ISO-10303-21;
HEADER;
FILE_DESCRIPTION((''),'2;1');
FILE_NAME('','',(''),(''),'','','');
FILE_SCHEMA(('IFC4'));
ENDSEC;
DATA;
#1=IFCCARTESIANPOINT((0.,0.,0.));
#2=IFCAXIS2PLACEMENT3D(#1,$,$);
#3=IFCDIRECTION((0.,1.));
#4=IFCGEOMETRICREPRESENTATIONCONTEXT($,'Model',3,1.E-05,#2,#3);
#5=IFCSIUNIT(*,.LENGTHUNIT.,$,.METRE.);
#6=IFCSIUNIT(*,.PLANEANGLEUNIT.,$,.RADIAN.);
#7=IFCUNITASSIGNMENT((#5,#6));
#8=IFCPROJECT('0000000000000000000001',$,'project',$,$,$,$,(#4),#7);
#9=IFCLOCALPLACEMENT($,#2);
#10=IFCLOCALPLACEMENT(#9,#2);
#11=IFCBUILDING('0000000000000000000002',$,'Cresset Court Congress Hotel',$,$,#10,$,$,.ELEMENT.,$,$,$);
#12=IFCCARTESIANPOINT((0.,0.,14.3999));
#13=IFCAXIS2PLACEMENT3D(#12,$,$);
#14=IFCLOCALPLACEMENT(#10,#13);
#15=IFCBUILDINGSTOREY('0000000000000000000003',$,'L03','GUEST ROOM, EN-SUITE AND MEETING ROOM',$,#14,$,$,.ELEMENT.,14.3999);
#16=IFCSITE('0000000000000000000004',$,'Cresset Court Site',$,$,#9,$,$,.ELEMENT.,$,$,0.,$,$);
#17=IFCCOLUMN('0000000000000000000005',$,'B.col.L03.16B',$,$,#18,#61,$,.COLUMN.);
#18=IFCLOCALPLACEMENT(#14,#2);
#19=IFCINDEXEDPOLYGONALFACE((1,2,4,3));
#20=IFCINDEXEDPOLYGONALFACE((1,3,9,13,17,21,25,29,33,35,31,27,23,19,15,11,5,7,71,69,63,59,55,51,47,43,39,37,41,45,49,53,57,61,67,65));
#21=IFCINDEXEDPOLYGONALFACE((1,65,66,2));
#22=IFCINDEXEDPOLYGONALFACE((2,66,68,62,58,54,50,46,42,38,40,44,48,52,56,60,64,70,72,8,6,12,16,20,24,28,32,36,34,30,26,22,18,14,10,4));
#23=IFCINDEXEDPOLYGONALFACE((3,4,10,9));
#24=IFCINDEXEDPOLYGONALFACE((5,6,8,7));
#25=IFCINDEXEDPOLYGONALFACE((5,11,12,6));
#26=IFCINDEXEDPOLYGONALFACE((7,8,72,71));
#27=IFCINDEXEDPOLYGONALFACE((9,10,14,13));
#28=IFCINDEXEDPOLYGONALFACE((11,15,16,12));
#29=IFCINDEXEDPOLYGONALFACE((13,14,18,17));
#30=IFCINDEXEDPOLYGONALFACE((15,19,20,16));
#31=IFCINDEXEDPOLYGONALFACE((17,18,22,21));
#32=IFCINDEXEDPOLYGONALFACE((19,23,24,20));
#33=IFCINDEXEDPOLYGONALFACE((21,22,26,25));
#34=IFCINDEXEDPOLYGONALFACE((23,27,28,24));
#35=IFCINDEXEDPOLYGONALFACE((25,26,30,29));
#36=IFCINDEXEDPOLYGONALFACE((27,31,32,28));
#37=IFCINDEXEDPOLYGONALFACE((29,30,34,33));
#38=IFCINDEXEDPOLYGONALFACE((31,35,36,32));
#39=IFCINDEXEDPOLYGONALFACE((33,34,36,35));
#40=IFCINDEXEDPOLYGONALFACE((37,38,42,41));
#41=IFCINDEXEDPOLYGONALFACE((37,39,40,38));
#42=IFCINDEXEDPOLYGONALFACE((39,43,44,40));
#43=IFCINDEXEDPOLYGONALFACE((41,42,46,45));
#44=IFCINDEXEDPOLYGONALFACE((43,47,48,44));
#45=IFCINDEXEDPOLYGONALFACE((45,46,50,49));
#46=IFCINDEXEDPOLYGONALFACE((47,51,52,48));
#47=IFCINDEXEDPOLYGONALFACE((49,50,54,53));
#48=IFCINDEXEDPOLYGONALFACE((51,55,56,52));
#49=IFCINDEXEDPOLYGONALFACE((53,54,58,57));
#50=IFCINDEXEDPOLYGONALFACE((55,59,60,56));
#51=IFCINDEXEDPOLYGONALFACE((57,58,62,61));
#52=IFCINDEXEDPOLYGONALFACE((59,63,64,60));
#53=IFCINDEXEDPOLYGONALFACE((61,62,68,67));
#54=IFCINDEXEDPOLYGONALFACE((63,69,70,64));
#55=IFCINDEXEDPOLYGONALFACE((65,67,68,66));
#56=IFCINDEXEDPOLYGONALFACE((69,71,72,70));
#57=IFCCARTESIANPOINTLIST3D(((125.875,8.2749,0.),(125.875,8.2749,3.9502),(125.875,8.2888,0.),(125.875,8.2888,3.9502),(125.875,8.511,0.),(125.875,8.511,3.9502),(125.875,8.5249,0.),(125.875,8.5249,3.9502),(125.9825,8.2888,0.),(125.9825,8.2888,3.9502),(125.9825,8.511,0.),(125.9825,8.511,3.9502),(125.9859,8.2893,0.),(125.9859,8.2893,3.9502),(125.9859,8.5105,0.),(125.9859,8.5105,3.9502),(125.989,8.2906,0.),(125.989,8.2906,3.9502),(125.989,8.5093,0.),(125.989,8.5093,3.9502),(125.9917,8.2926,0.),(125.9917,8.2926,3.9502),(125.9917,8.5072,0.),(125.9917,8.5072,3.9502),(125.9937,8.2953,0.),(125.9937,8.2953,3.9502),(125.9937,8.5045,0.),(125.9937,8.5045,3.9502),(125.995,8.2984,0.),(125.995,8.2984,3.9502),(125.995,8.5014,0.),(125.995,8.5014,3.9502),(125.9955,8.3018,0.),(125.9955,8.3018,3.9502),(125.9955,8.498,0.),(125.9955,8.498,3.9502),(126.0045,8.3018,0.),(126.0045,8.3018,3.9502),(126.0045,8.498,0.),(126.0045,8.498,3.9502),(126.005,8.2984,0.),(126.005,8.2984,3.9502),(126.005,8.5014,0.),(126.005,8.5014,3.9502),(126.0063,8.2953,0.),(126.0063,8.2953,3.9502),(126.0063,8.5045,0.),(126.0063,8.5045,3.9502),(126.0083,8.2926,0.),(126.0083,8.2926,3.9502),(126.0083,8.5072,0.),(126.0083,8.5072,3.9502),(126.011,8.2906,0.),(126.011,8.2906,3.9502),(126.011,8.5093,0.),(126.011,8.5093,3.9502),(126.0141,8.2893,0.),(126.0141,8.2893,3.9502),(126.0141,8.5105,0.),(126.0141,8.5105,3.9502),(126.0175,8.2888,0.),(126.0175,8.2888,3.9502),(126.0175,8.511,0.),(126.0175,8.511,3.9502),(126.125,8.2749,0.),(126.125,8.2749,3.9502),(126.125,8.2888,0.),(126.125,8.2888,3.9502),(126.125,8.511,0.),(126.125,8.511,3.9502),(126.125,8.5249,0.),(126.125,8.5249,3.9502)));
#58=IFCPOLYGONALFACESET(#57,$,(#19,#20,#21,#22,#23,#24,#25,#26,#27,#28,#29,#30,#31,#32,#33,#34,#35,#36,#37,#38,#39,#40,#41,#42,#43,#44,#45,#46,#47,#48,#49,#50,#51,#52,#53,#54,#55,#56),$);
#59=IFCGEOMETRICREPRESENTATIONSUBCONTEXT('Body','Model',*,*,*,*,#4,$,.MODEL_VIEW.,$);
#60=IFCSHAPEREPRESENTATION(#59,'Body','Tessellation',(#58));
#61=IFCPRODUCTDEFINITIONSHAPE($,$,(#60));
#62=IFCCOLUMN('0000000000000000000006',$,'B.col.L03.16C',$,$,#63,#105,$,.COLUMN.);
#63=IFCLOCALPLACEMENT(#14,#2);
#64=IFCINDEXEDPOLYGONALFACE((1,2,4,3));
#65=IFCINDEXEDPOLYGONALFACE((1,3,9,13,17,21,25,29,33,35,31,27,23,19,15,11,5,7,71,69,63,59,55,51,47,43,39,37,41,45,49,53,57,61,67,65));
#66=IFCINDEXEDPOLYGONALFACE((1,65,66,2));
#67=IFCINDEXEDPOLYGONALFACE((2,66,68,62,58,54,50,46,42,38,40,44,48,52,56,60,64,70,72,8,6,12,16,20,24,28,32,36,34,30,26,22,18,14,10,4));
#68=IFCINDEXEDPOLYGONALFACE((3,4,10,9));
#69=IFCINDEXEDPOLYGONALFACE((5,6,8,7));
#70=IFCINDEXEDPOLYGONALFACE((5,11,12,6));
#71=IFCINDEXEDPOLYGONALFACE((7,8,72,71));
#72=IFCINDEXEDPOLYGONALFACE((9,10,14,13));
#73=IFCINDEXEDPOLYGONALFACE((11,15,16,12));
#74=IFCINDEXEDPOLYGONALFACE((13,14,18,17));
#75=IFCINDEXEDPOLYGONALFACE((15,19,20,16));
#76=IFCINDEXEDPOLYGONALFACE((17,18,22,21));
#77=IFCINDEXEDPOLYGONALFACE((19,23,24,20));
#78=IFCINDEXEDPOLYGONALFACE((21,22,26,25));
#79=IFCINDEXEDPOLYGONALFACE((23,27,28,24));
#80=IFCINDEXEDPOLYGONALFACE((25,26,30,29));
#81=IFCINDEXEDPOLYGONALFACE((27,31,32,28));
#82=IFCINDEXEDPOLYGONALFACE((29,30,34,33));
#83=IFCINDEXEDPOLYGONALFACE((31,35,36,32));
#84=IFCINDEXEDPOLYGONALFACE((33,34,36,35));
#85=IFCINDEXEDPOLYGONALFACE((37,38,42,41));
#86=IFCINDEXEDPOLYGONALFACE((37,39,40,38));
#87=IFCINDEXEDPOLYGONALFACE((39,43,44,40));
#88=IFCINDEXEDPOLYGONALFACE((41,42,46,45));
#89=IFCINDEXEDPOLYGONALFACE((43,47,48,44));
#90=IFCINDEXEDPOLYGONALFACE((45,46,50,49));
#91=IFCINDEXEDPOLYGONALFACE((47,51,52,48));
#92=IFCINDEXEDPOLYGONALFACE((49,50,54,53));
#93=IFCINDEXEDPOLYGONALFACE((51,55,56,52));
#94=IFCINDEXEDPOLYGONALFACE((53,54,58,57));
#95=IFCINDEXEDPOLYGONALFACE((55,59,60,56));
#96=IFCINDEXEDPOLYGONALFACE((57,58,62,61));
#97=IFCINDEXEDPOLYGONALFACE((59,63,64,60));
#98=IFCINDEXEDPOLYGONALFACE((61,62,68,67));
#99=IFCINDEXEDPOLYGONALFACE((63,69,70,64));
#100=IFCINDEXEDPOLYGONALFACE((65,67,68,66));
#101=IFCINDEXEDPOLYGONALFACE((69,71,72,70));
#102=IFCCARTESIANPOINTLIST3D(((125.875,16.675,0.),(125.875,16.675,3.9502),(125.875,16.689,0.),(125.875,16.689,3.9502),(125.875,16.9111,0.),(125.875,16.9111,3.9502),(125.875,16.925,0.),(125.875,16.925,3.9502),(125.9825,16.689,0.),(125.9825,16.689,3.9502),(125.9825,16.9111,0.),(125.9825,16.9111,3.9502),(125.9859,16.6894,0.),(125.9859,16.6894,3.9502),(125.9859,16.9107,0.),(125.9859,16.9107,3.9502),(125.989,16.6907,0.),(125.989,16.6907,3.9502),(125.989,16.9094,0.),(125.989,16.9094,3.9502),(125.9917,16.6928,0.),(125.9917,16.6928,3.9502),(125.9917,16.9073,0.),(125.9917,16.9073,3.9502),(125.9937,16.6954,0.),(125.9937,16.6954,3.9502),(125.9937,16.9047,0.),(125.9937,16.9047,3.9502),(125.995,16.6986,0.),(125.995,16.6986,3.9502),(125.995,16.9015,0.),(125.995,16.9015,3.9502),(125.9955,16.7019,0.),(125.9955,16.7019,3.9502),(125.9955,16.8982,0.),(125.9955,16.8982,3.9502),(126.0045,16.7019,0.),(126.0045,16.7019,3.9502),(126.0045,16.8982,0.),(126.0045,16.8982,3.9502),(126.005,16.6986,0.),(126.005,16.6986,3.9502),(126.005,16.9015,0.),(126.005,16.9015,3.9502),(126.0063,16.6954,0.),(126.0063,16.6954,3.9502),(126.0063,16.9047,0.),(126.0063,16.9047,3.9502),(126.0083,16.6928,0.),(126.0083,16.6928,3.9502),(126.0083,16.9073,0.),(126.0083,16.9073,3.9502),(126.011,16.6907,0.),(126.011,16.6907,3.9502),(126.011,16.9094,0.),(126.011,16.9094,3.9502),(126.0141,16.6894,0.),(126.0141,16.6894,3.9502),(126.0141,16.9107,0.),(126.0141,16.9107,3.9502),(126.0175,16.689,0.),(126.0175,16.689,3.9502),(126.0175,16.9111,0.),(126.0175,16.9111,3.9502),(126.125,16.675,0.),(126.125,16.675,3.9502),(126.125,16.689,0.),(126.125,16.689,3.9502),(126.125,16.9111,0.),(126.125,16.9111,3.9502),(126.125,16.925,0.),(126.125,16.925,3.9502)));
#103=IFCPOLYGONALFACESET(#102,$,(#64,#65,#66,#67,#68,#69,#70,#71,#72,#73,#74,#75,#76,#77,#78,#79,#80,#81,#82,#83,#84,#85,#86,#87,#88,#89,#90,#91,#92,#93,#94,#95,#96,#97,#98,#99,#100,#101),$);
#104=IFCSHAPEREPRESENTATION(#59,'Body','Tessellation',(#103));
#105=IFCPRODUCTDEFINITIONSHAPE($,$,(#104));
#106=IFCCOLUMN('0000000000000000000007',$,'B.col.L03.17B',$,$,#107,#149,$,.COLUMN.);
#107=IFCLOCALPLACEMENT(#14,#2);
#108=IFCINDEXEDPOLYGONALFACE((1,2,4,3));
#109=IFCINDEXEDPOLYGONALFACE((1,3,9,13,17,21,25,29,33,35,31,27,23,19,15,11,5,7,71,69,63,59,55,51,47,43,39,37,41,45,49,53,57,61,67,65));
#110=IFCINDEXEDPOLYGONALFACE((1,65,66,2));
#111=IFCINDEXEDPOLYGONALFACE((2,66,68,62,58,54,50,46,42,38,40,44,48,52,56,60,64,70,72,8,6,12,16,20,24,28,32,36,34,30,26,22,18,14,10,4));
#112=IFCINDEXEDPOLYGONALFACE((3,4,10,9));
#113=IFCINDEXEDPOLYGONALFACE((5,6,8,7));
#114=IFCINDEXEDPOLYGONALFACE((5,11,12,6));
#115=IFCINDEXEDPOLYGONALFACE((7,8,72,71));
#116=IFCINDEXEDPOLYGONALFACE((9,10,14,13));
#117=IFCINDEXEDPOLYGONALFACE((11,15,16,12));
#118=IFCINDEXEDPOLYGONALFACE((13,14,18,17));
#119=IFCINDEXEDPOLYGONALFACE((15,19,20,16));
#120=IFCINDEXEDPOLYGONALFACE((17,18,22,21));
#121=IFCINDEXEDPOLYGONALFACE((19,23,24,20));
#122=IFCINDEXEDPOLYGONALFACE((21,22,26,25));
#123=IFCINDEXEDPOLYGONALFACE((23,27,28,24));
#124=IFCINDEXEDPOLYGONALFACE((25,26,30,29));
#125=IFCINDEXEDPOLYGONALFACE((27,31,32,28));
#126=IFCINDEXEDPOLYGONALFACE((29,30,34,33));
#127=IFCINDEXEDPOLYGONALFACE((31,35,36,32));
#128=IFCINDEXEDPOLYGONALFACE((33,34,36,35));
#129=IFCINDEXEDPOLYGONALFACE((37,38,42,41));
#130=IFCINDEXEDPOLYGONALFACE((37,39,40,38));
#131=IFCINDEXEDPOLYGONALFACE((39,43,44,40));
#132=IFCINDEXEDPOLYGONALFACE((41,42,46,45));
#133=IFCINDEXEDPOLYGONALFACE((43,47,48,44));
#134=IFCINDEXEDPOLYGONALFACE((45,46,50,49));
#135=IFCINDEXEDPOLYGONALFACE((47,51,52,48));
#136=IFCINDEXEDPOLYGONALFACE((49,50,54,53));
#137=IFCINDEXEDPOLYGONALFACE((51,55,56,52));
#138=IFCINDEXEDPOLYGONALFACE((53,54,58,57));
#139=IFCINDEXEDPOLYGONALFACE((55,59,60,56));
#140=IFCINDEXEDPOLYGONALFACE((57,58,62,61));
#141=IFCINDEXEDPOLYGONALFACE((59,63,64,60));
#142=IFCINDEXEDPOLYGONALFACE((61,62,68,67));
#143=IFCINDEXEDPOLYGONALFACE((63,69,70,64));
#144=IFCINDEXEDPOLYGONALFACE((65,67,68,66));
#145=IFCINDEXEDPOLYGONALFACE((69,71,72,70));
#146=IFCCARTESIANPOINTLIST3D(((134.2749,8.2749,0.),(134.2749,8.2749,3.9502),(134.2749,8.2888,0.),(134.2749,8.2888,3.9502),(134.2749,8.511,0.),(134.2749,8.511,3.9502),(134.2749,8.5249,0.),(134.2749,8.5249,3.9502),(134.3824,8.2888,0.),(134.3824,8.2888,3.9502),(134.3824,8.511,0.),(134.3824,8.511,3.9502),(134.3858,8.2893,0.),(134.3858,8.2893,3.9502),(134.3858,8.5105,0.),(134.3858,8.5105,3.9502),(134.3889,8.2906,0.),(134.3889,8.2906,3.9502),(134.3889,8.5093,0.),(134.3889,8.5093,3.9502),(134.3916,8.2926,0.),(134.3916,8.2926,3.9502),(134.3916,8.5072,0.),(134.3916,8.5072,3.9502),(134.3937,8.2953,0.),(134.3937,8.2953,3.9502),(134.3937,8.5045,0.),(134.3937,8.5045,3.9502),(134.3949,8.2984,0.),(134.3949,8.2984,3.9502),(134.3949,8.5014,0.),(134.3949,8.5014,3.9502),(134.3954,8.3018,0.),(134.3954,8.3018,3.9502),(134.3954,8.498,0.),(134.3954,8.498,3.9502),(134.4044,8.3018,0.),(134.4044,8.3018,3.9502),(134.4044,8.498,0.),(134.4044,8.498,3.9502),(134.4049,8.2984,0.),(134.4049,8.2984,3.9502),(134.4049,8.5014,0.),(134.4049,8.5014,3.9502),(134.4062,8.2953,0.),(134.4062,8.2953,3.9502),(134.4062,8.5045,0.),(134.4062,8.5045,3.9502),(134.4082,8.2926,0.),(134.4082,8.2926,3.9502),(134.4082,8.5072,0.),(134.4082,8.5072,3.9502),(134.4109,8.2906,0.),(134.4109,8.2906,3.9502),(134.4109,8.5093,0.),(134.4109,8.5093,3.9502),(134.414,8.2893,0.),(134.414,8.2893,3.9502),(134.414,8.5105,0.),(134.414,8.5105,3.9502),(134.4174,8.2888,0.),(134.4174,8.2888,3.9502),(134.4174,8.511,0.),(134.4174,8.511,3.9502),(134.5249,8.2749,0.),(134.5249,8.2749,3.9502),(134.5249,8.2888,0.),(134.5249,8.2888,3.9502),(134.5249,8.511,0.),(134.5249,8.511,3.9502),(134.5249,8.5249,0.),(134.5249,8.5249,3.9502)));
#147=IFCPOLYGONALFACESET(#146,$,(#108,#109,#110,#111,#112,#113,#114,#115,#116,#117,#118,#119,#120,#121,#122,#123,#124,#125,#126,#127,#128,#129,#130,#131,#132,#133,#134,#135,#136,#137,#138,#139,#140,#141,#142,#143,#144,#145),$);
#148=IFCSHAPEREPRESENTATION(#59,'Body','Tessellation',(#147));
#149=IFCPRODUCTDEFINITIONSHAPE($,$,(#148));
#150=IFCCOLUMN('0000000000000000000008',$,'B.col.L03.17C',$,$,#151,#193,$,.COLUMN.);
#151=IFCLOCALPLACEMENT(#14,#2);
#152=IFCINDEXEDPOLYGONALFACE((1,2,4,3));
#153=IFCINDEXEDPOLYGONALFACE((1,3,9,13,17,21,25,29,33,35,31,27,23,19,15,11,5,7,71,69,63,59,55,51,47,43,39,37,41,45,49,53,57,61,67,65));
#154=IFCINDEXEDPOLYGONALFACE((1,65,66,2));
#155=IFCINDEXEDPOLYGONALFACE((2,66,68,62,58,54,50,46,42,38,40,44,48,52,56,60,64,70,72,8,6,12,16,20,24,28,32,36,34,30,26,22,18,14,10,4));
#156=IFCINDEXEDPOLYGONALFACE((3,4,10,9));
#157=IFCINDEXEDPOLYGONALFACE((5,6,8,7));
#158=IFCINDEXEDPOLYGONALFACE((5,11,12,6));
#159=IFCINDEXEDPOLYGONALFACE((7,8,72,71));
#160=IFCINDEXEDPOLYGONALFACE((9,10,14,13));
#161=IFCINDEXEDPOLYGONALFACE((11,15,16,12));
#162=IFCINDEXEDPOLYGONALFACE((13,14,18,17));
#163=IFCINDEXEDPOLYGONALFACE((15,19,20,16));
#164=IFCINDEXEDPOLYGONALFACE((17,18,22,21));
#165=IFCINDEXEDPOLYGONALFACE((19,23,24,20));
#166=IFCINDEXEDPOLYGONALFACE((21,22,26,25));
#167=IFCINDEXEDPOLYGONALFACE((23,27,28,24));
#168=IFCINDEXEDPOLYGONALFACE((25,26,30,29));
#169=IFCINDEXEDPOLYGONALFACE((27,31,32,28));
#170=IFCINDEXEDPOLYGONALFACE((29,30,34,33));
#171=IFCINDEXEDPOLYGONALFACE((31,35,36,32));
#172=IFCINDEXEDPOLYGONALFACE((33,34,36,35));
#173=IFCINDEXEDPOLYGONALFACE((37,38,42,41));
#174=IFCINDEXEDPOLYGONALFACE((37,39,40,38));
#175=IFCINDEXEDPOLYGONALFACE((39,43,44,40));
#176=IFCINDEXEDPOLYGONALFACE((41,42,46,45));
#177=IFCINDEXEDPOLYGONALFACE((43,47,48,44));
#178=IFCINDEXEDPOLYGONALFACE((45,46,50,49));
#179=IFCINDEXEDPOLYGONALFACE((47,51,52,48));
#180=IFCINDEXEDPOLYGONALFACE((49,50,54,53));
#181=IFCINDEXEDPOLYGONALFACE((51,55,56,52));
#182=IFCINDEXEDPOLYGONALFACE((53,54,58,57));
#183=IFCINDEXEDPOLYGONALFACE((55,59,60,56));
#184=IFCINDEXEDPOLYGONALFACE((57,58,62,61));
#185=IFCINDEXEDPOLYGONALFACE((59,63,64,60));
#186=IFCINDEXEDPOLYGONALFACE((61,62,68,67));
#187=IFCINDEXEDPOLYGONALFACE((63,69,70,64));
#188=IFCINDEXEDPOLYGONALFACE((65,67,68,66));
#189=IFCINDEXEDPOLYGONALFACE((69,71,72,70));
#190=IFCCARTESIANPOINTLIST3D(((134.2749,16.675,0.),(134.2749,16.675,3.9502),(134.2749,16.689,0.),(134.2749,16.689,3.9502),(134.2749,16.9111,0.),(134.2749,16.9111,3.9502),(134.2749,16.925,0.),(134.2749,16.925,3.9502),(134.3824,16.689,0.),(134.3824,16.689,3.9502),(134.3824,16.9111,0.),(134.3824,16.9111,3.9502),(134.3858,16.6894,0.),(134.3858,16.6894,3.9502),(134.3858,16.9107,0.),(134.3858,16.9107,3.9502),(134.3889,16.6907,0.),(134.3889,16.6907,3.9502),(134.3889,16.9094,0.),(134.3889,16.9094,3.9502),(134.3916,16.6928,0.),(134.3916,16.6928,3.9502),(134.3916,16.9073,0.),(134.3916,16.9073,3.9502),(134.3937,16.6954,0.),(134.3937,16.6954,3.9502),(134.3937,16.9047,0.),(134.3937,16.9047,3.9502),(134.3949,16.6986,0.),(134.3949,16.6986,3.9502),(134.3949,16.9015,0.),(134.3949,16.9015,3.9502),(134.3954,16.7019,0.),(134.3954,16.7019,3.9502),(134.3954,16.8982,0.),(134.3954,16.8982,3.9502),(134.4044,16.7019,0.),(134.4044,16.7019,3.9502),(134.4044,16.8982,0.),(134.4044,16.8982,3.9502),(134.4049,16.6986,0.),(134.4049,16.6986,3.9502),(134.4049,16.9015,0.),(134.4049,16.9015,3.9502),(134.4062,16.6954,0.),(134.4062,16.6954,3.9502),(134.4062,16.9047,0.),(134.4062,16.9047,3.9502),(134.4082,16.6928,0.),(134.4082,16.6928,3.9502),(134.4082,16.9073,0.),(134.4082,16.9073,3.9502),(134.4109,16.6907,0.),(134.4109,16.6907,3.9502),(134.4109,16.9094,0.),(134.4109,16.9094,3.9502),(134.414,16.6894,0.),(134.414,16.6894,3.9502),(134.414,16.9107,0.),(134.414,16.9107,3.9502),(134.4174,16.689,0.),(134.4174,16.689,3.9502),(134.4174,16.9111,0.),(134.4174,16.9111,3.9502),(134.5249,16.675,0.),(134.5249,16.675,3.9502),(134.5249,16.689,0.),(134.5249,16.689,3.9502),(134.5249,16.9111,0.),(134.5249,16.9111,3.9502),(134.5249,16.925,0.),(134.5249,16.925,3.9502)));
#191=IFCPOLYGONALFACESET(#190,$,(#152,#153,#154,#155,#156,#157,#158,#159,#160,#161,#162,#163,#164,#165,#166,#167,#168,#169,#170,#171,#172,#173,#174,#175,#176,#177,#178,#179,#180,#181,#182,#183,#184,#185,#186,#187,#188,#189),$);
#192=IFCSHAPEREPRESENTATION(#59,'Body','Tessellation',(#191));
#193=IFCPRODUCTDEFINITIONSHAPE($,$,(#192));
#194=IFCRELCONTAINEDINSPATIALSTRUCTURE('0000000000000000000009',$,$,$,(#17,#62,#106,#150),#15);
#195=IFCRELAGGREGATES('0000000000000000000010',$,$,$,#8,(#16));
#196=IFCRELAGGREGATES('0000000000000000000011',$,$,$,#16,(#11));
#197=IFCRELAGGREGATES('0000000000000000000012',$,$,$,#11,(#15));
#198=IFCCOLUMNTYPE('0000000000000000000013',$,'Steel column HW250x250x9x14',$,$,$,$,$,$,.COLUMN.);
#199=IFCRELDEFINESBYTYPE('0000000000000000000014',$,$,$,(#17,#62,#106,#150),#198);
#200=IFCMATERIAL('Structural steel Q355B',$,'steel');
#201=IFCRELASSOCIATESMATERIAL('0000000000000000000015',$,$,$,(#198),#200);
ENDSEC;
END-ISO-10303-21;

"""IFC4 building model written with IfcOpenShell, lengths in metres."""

from ifc_helpers import new_model, si_unit, direction, frame, origin, origin_2d, place, context, subcontext, project, spatial, i_section, extrude, material, material_profile, profile_set, type_object, element, save


model = new_model("IFC4")

# Units and contexts
model_context = context("Model", 3, precision=1e-05, world=origin(), true_north=direction((0.0, 1.0)))
body_context = subcontext(model_context, "Body", "Model", "MODEL_VIEW")
ifc_project = project(units=[si_unit("LENGTHUNIT", "METRE"), si_unit("PLANEANGLEUNIT", "RADIAN")], contexts=[model_context])

# Site, building, storey
site_placement = place(None, origin())
site = spatial("IfcSite", under=ifc_project, at=site_placement, Name="Cresset Court Site", CompositionType="ELEMENT", RefElevation=0.0)
building_placement = place(site_placement, origin())
building = spatial("IfcBuilding", under=site, at=building_placement, Name="Cresset Court Congress Hotel", CompositionType="ELEMENT")
storey_placement = place(building_placement, frame((0.0, 0.0, 14.3999)))
storey = spatial("IfcBuildingStorey", under=building, at=storey_placement, Name="L03", Description="GUEST ROOM, EN-SUITE AND MEETING ROOM", CompositionType="ELEMENT", Elevation=14.3999)

# Columns
ifc_material_1 = material(Name="Structural steel Q355B", Category="steel")
ifc_material_profile_1 = material_profile(ifc_material_1, i_section(OverallWidth=0.25, OverallDepth=0.25, WebThickness=0.009, FlangeThickness=0.0139, FilletRadius=0.0129, at=origin_2d()), Name="HW250x250x9x14")
ifc_profile_set_1 = profile_set([ifc_material_profile_1], Name="Structural steel Q355B")
column_type = type_object("IfcColumnType", Name="Steel column HW250x250x9x14", PredefinedType="COLUMN", material=ifc_profile_set_1)
for number, where, z_axis, x_axis, name in (
    (1, (126.0, 8.3999, 0.0), (0.0, 0.0, 1.0), (1.0, 0.0, 0.0), "B.col.L03.16B"),
    (2, (126.0, 16.8, 0.0), (0.0, 0.0, 1.0), (1.0, 0.0, 0.0), "B.col.L03.16C"),
    (3, (134.3999, 8.3999, 0.0), (0.0, 0.0, 1.0), (1.0, 0.0, 0.0), "B.col.L03.17B"),
    (4, (134.3999, 16.8, 0.0), (0.0, 0.0, 1.0), (1.0, 0.0, 0.0), "B.col.L03.17C"),
):
    element("IfcColumn", number, at=place(storey_placement, frame(where, z_axis=z_axis, x_axis=x_axis)), inside=storey, type_object=column_type, Name=name, PredefinedType="COLUMN", context=body_context, shape_type="SweptSolid", body=[
        extrude(i_section(OverallWidth=0.25, OverallDepth=0.25, WebThickness=0.009, FlangeThickness=0.0139, FilletRadius=0.0129, at=origin_2d()), origin(), (0.0, 0.0, 1.0), 3.9502),
    ])

save(model, "model.ifc")
